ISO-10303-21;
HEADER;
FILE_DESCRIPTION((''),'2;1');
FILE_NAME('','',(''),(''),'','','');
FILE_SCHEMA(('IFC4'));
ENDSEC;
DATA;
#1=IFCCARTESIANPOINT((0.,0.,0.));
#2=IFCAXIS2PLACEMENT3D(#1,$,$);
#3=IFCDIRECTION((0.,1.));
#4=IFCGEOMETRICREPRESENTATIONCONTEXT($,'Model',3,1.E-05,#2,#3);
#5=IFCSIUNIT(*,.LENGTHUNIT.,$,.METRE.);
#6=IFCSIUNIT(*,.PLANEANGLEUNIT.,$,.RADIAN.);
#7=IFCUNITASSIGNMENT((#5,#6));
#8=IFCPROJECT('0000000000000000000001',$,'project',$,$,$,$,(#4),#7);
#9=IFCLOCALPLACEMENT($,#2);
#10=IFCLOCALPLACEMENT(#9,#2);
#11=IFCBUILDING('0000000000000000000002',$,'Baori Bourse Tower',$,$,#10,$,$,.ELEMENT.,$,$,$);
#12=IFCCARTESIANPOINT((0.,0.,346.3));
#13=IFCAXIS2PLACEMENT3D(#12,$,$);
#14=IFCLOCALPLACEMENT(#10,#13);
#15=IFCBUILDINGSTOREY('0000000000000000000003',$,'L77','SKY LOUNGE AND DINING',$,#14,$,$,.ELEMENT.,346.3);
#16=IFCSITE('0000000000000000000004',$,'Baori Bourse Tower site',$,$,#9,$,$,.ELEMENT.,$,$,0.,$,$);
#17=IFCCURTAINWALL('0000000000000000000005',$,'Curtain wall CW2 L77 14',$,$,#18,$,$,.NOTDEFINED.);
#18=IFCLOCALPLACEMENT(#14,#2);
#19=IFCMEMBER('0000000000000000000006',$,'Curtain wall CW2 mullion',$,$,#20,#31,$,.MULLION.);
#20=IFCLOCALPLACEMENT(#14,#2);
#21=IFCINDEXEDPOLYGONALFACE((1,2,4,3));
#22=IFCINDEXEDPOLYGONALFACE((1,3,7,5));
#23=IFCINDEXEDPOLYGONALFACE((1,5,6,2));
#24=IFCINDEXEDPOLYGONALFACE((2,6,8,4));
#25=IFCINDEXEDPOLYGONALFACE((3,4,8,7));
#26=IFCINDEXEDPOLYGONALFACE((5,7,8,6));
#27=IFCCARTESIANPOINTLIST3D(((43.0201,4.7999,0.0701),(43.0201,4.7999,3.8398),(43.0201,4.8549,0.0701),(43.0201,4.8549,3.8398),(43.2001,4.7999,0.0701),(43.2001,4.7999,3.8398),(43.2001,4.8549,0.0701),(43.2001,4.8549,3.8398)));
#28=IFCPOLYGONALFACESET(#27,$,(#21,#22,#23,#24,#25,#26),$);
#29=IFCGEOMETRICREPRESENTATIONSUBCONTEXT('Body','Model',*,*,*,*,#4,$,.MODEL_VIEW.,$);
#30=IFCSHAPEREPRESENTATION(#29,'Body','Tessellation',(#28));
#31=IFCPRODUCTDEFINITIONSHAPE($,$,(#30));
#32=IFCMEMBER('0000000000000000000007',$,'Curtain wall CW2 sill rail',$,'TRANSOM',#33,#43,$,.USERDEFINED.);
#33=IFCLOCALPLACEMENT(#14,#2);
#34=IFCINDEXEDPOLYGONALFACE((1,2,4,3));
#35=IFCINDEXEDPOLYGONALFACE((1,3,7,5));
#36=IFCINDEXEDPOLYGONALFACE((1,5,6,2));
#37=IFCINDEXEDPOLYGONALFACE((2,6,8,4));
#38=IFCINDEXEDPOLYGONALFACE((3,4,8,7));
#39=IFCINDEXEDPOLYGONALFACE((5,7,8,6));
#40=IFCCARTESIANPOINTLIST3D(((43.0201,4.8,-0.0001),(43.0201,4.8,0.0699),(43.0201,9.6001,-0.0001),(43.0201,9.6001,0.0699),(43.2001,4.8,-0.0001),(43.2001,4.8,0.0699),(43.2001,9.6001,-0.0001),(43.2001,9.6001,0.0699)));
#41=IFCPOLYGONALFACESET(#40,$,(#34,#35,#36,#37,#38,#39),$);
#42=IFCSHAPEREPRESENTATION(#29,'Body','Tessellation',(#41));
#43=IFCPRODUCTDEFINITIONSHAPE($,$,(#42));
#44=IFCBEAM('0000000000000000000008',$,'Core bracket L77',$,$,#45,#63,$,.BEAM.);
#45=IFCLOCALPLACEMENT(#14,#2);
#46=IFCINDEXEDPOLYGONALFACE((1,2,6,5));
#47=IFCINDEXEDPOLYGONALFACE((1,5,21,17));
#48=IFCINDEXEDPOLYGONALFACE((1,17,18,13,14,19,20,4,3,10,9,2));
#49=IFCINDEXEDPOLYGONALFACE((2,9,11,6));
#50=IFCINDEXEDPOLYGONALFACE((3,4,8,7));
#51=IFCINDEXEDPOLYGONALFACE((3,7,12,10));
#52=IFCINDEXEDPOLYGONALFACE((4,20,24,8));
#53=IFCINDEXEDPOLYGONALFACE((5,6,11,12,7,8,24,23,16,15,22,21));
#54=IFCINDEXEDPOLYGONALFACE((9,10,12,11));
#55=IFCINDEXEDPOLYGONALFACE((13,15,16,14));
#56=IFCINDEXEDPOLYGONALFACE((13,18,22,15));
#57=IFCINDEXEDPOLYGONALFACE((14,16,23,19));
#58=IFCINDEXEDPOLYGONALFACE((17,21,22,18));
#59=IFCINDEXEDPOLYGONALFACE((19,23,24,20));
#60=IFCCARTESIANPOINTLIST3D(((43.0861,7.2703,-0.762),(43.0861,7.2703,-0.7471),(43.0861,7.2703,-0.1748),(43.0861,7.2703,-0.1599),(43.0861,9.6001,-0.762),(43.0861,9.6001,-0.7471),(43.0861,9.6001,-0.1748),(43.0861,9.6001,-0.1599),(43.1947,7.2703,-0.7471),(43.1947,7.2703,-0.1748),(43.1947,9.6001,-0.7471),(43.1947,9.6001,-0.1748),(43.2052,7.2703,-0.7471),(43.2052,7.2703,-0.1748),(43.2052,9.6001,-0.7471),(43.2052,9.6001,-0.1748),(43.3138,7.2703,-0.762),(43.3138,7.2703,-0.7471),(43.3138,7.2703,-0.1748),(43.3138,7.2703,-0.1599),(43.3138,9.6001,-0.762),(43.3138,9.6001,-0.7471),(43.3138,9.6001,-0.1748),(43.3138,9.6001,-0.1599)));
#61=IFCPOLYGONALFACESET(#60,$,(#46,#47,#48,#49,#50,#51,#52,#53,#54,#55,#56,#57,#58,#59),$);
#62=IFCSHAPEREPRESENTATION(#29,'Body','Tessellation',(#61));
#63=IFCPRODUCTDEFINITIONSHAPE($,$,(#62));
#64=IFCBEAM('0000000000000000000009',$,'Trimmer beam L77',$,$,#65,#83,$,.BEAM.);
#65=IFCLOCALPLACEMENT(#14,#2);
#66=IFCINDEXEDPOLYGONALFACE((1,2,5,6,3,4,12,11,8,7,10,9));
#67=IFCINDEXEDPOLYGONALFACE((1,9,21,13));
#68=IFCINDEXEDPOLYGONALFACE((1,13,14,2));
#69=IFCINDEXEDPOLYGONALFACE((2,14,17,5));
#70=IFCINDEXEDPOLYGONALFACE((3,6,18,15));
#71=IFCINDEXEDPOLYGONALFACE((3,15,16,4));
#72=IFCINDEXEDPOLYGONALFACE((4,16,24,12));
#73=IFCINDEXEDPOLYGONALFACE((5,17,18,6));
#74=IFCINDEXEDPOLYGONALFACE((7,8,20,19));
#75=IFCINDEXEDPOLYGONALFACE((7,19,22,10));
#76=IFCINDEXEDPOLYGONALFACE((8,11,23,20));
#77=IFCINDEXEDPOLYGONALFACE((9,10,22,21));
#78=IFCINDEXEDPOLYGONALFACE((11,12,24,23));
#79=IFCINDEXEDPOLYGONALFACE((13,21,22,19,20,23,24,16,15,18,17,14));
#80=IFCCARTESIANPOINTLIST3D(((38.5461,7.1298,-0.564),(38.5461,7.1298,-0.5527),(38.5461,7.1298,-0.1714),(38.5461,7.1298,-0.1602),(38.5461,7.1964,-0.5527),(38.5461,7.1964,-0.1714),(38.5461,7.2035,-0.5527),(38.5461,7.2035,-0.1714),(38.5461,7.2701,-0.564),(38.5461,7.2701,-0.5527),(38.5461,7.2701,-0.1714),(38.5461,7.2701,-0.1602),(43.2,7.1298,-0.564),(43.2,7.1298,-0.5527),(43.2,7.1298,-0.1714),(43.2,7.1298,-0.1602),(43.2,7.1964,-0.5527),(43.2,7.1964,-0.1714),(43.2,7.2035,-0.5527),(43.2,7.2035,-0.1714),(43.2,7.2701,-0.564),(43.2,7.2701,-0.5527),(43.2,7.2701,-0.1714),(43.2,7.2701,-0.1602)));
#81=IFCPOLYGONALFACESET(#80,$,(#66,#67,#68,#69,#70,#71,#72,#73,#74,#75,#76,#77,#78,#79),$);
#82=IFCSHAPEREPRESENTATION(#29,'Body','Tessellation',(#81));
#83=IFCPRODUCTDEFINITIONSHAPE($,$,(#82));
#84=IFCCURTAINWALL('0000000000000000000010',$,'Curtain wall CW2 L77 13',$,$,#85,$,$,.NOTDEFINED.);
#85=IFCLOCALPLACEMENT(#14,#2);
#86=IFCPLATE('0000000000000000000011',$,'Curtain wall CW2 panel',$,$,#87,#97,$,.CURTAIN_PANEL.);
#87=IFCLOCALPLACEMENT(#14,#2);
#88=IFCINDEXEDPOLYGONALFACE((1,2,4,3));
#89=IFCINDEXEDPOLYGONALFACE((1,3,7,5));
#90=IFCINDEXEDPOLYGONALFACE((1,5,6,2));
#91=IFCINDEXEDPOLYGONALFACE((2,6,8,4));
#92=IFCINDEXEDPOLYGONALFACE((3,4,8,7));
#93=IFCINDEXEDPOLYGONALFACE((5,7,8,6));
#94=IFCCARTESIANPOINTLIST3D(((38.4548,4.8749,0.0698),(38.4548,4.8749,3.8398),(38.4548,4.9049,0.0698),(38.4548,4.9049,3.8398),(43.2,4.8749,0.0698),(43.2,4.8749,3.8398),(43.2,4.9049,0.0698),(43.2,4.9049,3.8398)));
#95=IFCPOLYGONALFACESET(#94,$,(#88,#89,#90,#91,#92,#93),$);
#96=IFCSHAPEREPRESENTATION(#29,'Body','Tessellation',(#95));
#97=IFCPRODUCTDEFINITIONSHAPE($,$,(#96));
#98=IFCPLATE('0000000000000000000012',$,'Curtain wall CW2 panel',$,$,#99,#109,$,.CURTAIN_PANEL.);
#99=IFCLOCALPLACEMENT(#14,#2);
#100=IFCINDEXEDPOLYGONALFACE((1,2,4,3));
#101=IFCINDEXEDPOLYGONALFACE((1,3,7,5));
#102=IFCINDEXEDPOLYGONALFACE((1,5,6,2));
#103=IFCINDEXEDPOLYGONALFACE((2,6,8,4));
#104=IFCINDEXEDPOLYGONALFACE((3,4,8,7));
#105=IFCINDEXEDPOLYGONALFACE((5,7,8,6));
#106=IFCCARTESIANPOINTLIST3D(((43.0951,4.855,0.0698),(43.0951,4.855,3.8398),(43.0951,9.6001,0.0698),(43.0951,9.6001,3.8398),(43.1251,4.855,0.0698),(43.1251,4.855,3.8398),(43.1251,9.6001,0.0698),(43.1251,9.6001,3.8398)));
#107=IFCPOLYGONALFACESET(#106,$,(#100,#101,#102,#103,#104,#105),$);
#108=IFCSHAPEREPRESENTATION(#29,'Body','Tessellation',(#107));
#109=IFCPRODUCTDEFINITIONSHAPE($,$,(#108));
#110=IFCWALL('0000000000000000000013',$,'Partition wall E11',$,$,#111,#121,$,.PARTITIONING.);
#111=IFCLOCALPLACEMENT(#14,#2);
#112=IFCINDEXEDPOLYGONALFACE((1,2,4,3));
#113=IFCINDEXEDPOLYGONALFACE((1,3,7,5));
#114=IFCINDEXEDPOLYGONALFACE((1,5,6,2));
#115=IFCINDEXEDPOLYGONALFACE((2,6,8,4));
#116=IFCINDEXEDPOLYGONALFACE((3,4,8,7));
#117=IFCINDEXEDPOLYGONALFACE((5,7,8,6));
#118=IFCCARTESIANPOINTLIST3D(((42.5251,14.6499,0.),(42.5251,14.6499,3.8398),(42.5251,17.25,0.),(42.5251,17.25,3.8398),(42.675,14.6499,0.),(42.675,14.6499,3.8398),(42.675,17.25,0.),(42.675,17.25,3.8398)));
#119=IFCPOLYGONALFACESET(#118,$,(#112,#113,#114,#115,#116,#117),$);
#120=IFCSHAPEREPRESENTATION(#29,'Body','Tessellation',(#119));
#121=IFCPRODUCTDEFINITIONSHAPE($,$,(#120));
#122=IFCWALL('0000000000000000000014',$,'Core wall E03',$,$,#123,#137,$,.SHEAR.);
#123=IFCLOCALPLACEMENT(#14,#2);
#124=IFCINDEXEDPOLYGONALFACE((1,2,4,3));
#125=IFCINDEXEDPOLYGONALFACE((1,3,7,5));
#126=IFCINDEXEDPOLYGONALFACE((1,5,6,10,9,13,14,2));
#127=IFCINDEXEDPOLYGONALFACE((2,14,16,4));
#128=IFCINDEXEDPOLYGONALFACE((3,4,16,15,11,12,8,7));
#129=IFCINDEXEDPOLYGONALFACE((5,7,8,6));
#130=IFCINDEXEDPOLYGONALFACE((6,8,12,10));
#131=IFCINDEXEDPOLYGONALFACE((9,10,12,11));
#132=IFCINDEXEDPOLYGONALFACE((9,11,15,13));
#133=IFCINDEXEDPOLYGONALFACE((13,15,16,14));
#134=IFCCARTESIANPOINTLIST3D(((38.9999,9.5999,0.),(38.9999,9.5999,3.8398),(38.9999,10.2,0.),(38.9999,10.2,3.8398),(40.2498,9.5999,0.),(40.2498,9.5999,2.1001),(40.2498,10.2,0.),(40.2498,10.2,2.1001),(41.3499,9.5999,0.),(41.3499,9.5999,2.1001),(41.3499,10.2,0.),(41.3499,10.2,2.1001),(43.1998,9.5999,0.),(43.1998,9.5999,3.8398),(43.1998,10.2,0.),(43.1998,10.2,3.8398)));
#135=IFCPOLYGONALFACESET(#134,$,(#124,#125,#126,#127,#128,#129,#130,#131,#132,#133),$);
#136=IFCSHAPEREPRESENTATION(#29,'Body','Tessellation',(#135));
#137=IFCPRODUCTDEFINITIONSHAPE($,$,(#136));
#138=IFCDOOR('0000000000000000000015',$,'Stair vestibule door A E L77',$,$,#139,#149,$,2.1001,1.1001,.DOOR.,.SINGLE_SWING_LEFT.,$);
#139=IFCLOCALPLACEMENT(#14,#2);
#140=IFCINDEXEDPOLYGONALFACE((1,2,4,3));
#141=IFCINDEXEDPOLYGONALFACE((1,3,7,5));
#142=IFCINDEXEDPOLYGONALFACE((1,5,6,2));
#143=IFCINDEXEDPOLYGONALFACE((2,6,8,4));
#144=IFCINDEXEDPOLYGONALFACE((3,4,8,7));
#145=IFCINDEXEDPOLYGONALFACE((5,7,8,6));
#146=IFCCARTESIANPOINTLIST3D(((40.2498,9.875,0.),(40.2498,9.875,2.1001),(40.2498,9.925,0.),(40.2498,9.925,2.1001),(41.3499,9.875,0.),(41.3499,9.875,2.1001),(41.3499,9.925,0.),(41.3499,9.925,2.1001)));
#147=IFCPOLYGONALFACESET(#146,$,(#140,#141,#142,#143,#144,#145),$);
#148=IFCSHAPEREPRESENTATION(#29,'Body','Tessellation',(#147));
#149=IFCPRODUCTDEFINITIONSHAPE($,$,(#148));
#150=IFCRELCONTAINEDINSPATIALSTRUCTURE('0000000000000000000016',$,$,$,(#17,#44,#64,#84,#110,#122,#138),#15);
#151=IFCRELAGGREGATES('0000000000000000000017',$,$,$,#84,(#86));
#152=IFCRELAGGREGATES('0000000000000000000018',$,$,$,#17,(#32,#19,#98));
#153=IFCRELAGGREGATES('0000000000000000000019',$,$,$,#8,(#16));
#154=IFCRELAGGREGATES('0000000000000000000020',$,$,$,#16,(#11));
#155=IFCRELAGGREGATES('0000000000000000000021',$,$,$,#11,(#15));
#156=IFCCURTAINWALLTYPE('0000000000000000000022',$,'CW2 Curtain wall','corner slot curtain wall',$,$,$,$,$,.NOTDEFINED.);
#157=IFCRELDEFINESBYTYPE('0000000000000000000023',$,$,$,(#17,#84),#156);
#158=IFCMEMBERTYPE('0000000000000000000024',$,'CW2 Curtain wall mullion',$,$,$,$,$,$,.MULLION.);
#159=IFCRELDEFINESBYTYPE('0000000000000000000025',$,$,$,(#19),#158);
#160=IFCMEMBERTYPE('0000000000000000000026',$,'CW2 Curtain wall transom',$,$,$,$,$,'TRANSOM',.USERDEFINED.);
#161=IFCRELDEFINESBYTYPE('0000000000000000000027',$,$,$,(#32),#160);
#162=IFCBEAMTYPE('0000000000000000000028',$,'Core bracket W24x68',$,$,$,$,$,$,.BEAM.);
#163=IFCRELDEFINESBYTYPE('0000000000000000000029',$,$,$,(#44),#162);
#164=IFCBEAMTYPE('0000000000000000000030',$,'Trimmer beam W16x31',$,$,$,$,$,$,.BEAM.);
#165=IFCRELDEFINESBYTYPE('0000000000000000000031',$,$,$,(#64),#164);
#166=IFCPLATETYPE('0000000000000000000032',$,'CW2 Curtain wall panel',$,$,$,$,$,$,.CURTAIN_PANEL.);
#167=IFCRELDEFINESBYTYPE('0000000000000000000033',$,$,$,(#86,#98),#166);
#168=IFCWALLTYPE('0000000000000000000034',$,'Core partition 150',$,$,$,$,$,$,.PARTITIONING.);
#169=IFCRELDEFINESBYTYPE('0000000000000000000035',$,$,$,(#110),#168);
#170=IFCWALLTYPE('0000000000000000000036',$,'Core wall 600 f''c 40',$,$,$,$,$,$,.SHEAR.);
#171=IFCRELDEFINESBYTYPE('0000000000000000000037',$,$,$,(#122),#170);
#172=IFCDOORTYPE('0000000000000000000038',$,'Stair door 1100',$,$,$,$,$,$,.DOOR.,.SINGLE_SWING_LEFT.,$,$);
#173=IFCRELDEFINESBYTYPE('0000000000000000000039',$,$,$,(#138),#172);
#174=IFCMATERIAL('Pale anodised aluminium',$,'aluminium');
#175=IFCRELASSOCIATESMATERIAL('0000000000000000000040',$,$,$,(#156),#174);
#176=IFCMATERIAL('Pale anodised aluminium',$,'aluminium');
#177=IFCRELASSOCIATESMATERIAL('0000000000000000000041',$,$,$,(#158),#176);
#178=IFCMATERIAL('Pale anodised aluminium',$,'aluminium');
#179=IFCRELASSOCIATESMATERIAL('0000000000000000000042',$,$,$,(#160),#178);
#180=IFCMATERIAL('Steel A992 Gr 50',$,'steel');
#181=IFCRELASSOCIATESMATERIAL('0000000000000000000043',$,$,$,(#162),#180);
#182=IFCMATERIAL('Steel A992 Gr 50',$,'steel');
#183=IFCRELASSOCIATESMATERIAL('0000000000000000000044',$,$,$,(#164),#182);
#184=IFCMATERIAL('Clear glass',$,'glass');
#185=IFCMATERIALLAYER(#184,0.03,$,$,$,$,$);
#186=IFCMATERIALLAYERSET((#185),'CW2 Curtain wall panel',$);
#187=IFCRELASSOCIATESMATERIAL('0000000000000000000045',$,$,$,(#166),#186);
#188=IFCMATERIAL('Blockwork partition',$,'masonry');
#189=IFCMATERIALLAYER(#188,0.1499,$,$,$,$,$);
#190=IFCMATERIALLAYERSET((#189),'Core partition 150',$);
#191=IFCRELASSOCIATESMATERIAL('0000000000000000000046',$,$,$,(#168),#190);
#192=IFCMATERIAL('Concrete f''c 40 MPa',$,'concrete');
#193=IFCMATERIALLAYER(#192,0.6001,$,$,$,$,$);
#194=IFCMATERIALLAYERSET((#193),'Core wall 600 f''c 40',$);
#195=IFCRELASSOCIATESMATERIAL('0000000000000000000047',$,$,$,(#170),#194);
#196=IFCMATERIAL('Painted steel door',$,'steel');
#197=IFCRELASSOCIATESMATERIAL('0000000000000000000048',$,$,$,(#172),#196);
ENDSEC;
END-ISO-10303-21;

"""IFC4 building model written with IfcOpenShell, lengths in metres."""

from ifc_helpers import new_model, si_unit, direction, frame, frame_2d, origin, origin_2d, place, context, subcontext, project, spatial, rectangle, i_section, extrude, material, layer, layer_set, material_profile, profile_set, type_object, element, fill, aggregate, save


model = new_model("IFC4")

# Units and contexts
model_context = context("Model", 3, precision=1e-05, world=origin(), true_north=direction((0.0, 1.0)))
body_context = subcontext(model_context, "Body", "Model", "MODEL_VIEW")
ifc_project = project(units=[si_unit("LENGTHUNIT", "METRE"), si_unit("PLANEANGLEUNIT", "RADIAN")], contexts=[model_context])

# Site, building, storey
site_placement = place(None, origin())
site = spatial("IfcSite", under=ifc_project, at=site_placement, Name="Baori Bourse Tower site", CompositionType="ELEMENT", RefElevation=0.0)
building_placement = place(site_placement, origin())
building = spatial("IfcBuilding", under=site, at=building_placement, Name="Baori Bourse Tower", CompositionType="ELEMENT")
storey_placement = place(building_placement, frame((0.0, 0.0, 346.3)))
storey = spatial("IfcBuildingStorey", under=building, at=storey_placement, Name="L77", Description="SKY LOUNGE AND DINING", CompositionType="ELEMENT", Elevation=346.3)

# Curtain wall, members
ifc_material_1 = material(Name="Pale anodised aluminium", Category="aluminium")
curtain_wall_type = type_object("IfcCurtainWallType", Name="CW2 Curtain wall", Description="corner slot curtain wall", PredefinedType="NOTDEFINED", material=ifc_material_1)
curtain_wall_1_placement = place(storey_placement, origin())
curtain_wall_1 = element("IfcCurtainWall", 1, at=curtain_wall_1_placement, inside=storey, type_object=curtain_wall_type, Name="Curtain wall CW2 L77 14", PredefinedType="NOTDEFINED")
ifc_material_2 = material(Name="Pale anodised aluminium", Category="aluminium")
ifc_material_profile_1 = material_profile(ifc_material_2, rectangle(XDim=0.1799, YDim=0.0549, at=origin_2d()), Name="Mullion 55x180")
ifc_profile_set_1 = profile_set([ifc_material_profile_1], Name="Pale anodised aluminium")
member_type_1 = type_object("IfcMemberType", Name="CW2 Curtain wall mullion", PredefinedType="MULLION", material=ifc_profile_set_1)
member_1_placement = place(storey_placement, frame((43.1101, 4.8274, 0.0701), z_axis=(0.0, 0.0, 1.0), x_axis=(-1.0, 0.0, 0.0)))
member_1 = element("IfcMember", 2, at=member_1_placement, type_object=member_type_1, Name="Curtain wall CW2 mullion", PredefinedType="MULLION", context=body_context, shape_type="SweptSolid", body=[
    extrude(rectangle(XDim=0.1799, YDim=0.0549, at=origin_2d()), origin(), (0.0, 0.0, 1.0), 3.7698),
])
ifc_material_3 = material(Name="Pale anodised aluminium", Category="aluminium")
ifc_material_profile_2 = material_profile(ifc_material_3, rectangle(XDim=0.1799, YDim=0.0701, at=origin_2d()), Name="Transom 70x180")
ifc_profile_set_2 = profile_set([ifc_material_profile_2], Name="Pale anodised aluminium")
member_type_2 = type_object("IfcMemberType", Name="CW2 Curtain wall transom", ElementType="TRANSOM", PredefinedType="USERDEFINED", material=ifc_profile_set_2)
member_2_placement = place(storey_placement, frame((43.1101, 4.8, 0.0349), z_axis=(0.0, 1.0, 0.0), x_axis=(-1.0, 0.0, 0.0)))
member_2 = element("IfcMember", 3, at=member_2_placement, type_object=member_type_2, Name="Curtain wall CW2 sill rail", ObjectType="TRANSOM", PredefinedType="USERDEFINED", context=body_context, shape_type="SweptSolid", body=[
    extrude(rectangle(XDim=0.1799, YDim=0.0701, at=origin_2d()), origin(), (0.0, 0.0, 1.0), 4.8),
])

# Beams
ifc_material_4 = material(Name="Steel A992 Gr 50", Category="steel")
ifc_material_profile_3 = material_profile(ifc_material_4, i_section(OverallWidth=0.2278, OverallDepth=0.6021, WebThickness=0.0105, FlangeThickness=0.0149, at=origin_2d()), Name="W24x68")
ifc_profile_set_3 = profile_set([ifc_material_profile_3], Name="Steel A992 Gr 50")
beam_type_1 = type_object("IfcBeamType", Name="Core bracket W24x68", PredefinedType="BEAM", material=ifc_profile_set_3)
beam_1_placement = place(storey_placement, frame((43.2, 7.2703, -0.4609), z_axis=(0.0, 1.0, 0.0), x_axis=(-1.0, 0.0, 0.0)))
element("IfcBeam", 4, at=beam_1_placement, inside=storey, type_object=beam_type_1, Name="Core bracket L77", PredefinedType="BEAM", context=body_context, shape_type="SweptSolid", body=[
    extrude(i_section(OverallWidth=0.2278, OverallDepth=0.6021, WebThickness=0.0105, FlangeThickness=0.0149, at=origin_2d()), origin(), (0.0, 0.0, 1.0), 2.3298),
])
ifc_material_5 = material(Name="Steel A992 Gr 50", Category="steel")
ifc_material_profile_4 = material_profile(ifc_material_5, i_section(OverallWidth=0.1404, OverallDepth=0.4038, WebThickness=0.0071, FlangeThickness=0.0112, at=origin_2d()), Name="W16x31")
ifc_profile_set_4 = profile_set([ifc_material_profile_4], Name="Steel A992 Gr 50")
beam_type_2 = type_object("IfcBeamType", Name="Trimmer beam W16x31", PredefinedType="BEAM", material=ifc_profile_set_4)
beam_2_placement = place(storey_placement, frame((38.5461, 7.2, -0.3621), z_axis=(1.0, 0.0, 0.0), x_axis=(0.0, 1.0, 0.0)))
element("IfcBeam", 5, at=beam_2_placement, inside=storey, type_object=beam_type_2, Name="Trimmer beam L77", PredefinedType="BEAM", context=body_context, shape_type="SweptSolid", body=[
    extrude(i_section(OverallWidth=0.1404, OverallDepth=0.4038, WebThickness=0.0071, FlangeThickness=0.0112, at=origin_2d()), origin(), (0.0, 0.0, 1.0), 4.6538),
])

# Curtain wall, plate
curtain_wall_2_placement = place(storey_placement, origin())
curtain_wall_2 = element("IfcCurtainWall", 6, at=curtain_wall_2_placement, inside=storey, type_object=curtain_wall_type, Name="Curtain wall CW2 L77 13", PredefinedType="NOTDEFINED")
ifc_material_6 = material(Name="Clear glass", Category="glass")
ifc_layer_1 = layer(ifc_material_6, 0.03)
ifc_layer_set_1 = layer_set([ifc_layer_1], Name="CW2 Curtain wall panel")
plate_type = type_object("IfcPlateType", Name="CW2 Curtain wall panel", PredefinedType="CURTAIN_PANEL", material=ifc_layer_set_1)
plate_1_placement = place(storey_placement, frame((40.8274, 4.8899, 0.0698), z_axis=(0.0, 0.0, 1.0), x_axis=(1.0, 0.0, 0.0)))
plate_1 = element("IfcPlate", 7, at=plate_1_placement, type_object=plate_type, Name="Curtain wall CW2 panel", PredefinedType="CURTAIN_PANEL", context=body_context, shape_type="SweptSolid", body=[
    extrude(rectangle(XDim=4.7451, YDim=0.03, at=origin_2d()), origin(), (0.0, 0.0, 1.0), 3.77),
])
aggregate(curtain_wall_2, [plate_1])

# Plate
plate_2_placement = place(storey_placement, frame((43.1101, 7.2275, 0.0698), z_axis=(0.0, 0.0, 1.0), x_axis=(0.0, 1.0, 0.0)))
plate_2 = element("IfcPlate", 8, at=plate_2_placement, type_object=plate_type, Name="Curtain wall CW2 panel", PredefinedType="CURTAIN_PANEL", context=body_context, shape_type="SweptSolid", body=[
    extrude(rectangle(XDim=4.7451, YDim=0.03, at=origin_2d()), origin(), (0.0, 0.0, 1.0), 3.77),
])
aggregate(curtain_wall_1, [member_2, member_1, plate_2])

# Wall
ifc_material_7 = material(Name="Blockwork partition", Category="masonry")
ifc_layer_2 = layer(ifc_material_7, 0.1499)
ifc_layer_set_2 = layer_set([ifc_layer_2], Name="Core partition 150")
wall_type_1 = type_object("IfcWallType", Name="Core partition 150", PredefinedType="PARTITIONING", material=ifc_layer_set_2)
wall_1_placement = place(storey_placement, frame((42.6001, 14.6499, 0.0), z_axis=(0.0, 0.0, 1.0), x_axis=(0.0, 1.0, 0.0)))
element("IfcWall", 9, at=wall_1_placement, inside=storey, type_object=wall_type_1, Name="Partition wall E11", PredefinedType="PARTITIONING", context=body_context, shape_type="SweptSolid", body=[
    extrude(rectangle(XDim=2.6001, YDim=0.1499, at=frame_2d((1.3, 0.0))), origin(), (0.0, 0.0, 1.0), 3.8398),
])

# Wall, opening, door
ifc_material_8 = material(Name="Concrete f'c 40 MPa", Category="concrete")
ifc_layer_3 = layer(ifc_material_8, 0.6001)
ifc_layer_set_3 = layer_set([ifc_layer_3], Name="Core wall 600 f'c 40")
wall_type_2 = type_object("IfcWallType", Name="Core wall 600 f'c 40", PredefinedType="SHEAR", material=ifc_layer_set_3)
wall_2_placement = place(storey_placement, frame((43.2, 9.8999, 0.0), z_axis=(0.0, 0.0, 1.0), x_axis=(-1.0, 0.0, 0.0)))
wall_2 = element("IfcWall", 10, at=wall_2_placement, inside=storey, type_object=wall_type_2, Name="Core wall E03", PredefinedType="SHEAR", context=body_context, shape_type="SweptSolid", body=[
    extrude(rectangle(XDim=4.2, YDim=0.6001, at=frame_2d((2.1001, 0.0))), origin(), (0.0, 0.0, 1.0), 3.8398),
])
opening_1_placement = place(wall_2_placement, frame((1.8501, 0.0, 0.0)))
opening_1 = element("IfcOpeningElement", 11, at=opening_1_placement, cuts=wall_2, PredefinedType="OPENING", context=body_context, shape_type="SweptSolid", body=[
    extrude(rectangle(XDim=1.1001, YDim=2.1001, at=frame_2d((0.55, 1.05))), frame((0.0, 0.3101, 0.0), z_axis=(0.0, -1.0, 0.0), x_axis=(1.0, 0.0, 0.0)), (0.0, 0.0, 1.0), 0.6201),
])
ifc_material_9 = material(Name="Painted steel door", Category="steel")
door_type_1 = type_object("IfcDoorType", Name="Stair door 1100", OperationType="SINGLE_SWING_LEFT", PredefinedType="DOOR", material=ifc_material_9)
door_1_placement = place(opening_1_placement, origin())
door_1 = element("IfcDoor", 12, at=door_1_placement, inside=storey, type_object=door_type_1, Name="Stair vestibule door A E L77", OperationType="SINGLE_SWING_LEFT", OverallHeight=2.1001, OverallWidth=1.1001, PredefinedType="DOOR", context=body_context, shape_type="SweptSolid", body=[
    extrude(rectangle(XDim=1.1001, YDim=2.1001, at=frame_2d((0.55, 1.05))), frame((0.0, 0.0249, 0.0), z_axis=(0.0, -1.0, 0.0), x_axis=(1.0, 0.0, 0.0)), (0.0, 0.0, 1.0), 0.05),
])
fill(opening_1, door_1)

save(model, "model.ifc")
